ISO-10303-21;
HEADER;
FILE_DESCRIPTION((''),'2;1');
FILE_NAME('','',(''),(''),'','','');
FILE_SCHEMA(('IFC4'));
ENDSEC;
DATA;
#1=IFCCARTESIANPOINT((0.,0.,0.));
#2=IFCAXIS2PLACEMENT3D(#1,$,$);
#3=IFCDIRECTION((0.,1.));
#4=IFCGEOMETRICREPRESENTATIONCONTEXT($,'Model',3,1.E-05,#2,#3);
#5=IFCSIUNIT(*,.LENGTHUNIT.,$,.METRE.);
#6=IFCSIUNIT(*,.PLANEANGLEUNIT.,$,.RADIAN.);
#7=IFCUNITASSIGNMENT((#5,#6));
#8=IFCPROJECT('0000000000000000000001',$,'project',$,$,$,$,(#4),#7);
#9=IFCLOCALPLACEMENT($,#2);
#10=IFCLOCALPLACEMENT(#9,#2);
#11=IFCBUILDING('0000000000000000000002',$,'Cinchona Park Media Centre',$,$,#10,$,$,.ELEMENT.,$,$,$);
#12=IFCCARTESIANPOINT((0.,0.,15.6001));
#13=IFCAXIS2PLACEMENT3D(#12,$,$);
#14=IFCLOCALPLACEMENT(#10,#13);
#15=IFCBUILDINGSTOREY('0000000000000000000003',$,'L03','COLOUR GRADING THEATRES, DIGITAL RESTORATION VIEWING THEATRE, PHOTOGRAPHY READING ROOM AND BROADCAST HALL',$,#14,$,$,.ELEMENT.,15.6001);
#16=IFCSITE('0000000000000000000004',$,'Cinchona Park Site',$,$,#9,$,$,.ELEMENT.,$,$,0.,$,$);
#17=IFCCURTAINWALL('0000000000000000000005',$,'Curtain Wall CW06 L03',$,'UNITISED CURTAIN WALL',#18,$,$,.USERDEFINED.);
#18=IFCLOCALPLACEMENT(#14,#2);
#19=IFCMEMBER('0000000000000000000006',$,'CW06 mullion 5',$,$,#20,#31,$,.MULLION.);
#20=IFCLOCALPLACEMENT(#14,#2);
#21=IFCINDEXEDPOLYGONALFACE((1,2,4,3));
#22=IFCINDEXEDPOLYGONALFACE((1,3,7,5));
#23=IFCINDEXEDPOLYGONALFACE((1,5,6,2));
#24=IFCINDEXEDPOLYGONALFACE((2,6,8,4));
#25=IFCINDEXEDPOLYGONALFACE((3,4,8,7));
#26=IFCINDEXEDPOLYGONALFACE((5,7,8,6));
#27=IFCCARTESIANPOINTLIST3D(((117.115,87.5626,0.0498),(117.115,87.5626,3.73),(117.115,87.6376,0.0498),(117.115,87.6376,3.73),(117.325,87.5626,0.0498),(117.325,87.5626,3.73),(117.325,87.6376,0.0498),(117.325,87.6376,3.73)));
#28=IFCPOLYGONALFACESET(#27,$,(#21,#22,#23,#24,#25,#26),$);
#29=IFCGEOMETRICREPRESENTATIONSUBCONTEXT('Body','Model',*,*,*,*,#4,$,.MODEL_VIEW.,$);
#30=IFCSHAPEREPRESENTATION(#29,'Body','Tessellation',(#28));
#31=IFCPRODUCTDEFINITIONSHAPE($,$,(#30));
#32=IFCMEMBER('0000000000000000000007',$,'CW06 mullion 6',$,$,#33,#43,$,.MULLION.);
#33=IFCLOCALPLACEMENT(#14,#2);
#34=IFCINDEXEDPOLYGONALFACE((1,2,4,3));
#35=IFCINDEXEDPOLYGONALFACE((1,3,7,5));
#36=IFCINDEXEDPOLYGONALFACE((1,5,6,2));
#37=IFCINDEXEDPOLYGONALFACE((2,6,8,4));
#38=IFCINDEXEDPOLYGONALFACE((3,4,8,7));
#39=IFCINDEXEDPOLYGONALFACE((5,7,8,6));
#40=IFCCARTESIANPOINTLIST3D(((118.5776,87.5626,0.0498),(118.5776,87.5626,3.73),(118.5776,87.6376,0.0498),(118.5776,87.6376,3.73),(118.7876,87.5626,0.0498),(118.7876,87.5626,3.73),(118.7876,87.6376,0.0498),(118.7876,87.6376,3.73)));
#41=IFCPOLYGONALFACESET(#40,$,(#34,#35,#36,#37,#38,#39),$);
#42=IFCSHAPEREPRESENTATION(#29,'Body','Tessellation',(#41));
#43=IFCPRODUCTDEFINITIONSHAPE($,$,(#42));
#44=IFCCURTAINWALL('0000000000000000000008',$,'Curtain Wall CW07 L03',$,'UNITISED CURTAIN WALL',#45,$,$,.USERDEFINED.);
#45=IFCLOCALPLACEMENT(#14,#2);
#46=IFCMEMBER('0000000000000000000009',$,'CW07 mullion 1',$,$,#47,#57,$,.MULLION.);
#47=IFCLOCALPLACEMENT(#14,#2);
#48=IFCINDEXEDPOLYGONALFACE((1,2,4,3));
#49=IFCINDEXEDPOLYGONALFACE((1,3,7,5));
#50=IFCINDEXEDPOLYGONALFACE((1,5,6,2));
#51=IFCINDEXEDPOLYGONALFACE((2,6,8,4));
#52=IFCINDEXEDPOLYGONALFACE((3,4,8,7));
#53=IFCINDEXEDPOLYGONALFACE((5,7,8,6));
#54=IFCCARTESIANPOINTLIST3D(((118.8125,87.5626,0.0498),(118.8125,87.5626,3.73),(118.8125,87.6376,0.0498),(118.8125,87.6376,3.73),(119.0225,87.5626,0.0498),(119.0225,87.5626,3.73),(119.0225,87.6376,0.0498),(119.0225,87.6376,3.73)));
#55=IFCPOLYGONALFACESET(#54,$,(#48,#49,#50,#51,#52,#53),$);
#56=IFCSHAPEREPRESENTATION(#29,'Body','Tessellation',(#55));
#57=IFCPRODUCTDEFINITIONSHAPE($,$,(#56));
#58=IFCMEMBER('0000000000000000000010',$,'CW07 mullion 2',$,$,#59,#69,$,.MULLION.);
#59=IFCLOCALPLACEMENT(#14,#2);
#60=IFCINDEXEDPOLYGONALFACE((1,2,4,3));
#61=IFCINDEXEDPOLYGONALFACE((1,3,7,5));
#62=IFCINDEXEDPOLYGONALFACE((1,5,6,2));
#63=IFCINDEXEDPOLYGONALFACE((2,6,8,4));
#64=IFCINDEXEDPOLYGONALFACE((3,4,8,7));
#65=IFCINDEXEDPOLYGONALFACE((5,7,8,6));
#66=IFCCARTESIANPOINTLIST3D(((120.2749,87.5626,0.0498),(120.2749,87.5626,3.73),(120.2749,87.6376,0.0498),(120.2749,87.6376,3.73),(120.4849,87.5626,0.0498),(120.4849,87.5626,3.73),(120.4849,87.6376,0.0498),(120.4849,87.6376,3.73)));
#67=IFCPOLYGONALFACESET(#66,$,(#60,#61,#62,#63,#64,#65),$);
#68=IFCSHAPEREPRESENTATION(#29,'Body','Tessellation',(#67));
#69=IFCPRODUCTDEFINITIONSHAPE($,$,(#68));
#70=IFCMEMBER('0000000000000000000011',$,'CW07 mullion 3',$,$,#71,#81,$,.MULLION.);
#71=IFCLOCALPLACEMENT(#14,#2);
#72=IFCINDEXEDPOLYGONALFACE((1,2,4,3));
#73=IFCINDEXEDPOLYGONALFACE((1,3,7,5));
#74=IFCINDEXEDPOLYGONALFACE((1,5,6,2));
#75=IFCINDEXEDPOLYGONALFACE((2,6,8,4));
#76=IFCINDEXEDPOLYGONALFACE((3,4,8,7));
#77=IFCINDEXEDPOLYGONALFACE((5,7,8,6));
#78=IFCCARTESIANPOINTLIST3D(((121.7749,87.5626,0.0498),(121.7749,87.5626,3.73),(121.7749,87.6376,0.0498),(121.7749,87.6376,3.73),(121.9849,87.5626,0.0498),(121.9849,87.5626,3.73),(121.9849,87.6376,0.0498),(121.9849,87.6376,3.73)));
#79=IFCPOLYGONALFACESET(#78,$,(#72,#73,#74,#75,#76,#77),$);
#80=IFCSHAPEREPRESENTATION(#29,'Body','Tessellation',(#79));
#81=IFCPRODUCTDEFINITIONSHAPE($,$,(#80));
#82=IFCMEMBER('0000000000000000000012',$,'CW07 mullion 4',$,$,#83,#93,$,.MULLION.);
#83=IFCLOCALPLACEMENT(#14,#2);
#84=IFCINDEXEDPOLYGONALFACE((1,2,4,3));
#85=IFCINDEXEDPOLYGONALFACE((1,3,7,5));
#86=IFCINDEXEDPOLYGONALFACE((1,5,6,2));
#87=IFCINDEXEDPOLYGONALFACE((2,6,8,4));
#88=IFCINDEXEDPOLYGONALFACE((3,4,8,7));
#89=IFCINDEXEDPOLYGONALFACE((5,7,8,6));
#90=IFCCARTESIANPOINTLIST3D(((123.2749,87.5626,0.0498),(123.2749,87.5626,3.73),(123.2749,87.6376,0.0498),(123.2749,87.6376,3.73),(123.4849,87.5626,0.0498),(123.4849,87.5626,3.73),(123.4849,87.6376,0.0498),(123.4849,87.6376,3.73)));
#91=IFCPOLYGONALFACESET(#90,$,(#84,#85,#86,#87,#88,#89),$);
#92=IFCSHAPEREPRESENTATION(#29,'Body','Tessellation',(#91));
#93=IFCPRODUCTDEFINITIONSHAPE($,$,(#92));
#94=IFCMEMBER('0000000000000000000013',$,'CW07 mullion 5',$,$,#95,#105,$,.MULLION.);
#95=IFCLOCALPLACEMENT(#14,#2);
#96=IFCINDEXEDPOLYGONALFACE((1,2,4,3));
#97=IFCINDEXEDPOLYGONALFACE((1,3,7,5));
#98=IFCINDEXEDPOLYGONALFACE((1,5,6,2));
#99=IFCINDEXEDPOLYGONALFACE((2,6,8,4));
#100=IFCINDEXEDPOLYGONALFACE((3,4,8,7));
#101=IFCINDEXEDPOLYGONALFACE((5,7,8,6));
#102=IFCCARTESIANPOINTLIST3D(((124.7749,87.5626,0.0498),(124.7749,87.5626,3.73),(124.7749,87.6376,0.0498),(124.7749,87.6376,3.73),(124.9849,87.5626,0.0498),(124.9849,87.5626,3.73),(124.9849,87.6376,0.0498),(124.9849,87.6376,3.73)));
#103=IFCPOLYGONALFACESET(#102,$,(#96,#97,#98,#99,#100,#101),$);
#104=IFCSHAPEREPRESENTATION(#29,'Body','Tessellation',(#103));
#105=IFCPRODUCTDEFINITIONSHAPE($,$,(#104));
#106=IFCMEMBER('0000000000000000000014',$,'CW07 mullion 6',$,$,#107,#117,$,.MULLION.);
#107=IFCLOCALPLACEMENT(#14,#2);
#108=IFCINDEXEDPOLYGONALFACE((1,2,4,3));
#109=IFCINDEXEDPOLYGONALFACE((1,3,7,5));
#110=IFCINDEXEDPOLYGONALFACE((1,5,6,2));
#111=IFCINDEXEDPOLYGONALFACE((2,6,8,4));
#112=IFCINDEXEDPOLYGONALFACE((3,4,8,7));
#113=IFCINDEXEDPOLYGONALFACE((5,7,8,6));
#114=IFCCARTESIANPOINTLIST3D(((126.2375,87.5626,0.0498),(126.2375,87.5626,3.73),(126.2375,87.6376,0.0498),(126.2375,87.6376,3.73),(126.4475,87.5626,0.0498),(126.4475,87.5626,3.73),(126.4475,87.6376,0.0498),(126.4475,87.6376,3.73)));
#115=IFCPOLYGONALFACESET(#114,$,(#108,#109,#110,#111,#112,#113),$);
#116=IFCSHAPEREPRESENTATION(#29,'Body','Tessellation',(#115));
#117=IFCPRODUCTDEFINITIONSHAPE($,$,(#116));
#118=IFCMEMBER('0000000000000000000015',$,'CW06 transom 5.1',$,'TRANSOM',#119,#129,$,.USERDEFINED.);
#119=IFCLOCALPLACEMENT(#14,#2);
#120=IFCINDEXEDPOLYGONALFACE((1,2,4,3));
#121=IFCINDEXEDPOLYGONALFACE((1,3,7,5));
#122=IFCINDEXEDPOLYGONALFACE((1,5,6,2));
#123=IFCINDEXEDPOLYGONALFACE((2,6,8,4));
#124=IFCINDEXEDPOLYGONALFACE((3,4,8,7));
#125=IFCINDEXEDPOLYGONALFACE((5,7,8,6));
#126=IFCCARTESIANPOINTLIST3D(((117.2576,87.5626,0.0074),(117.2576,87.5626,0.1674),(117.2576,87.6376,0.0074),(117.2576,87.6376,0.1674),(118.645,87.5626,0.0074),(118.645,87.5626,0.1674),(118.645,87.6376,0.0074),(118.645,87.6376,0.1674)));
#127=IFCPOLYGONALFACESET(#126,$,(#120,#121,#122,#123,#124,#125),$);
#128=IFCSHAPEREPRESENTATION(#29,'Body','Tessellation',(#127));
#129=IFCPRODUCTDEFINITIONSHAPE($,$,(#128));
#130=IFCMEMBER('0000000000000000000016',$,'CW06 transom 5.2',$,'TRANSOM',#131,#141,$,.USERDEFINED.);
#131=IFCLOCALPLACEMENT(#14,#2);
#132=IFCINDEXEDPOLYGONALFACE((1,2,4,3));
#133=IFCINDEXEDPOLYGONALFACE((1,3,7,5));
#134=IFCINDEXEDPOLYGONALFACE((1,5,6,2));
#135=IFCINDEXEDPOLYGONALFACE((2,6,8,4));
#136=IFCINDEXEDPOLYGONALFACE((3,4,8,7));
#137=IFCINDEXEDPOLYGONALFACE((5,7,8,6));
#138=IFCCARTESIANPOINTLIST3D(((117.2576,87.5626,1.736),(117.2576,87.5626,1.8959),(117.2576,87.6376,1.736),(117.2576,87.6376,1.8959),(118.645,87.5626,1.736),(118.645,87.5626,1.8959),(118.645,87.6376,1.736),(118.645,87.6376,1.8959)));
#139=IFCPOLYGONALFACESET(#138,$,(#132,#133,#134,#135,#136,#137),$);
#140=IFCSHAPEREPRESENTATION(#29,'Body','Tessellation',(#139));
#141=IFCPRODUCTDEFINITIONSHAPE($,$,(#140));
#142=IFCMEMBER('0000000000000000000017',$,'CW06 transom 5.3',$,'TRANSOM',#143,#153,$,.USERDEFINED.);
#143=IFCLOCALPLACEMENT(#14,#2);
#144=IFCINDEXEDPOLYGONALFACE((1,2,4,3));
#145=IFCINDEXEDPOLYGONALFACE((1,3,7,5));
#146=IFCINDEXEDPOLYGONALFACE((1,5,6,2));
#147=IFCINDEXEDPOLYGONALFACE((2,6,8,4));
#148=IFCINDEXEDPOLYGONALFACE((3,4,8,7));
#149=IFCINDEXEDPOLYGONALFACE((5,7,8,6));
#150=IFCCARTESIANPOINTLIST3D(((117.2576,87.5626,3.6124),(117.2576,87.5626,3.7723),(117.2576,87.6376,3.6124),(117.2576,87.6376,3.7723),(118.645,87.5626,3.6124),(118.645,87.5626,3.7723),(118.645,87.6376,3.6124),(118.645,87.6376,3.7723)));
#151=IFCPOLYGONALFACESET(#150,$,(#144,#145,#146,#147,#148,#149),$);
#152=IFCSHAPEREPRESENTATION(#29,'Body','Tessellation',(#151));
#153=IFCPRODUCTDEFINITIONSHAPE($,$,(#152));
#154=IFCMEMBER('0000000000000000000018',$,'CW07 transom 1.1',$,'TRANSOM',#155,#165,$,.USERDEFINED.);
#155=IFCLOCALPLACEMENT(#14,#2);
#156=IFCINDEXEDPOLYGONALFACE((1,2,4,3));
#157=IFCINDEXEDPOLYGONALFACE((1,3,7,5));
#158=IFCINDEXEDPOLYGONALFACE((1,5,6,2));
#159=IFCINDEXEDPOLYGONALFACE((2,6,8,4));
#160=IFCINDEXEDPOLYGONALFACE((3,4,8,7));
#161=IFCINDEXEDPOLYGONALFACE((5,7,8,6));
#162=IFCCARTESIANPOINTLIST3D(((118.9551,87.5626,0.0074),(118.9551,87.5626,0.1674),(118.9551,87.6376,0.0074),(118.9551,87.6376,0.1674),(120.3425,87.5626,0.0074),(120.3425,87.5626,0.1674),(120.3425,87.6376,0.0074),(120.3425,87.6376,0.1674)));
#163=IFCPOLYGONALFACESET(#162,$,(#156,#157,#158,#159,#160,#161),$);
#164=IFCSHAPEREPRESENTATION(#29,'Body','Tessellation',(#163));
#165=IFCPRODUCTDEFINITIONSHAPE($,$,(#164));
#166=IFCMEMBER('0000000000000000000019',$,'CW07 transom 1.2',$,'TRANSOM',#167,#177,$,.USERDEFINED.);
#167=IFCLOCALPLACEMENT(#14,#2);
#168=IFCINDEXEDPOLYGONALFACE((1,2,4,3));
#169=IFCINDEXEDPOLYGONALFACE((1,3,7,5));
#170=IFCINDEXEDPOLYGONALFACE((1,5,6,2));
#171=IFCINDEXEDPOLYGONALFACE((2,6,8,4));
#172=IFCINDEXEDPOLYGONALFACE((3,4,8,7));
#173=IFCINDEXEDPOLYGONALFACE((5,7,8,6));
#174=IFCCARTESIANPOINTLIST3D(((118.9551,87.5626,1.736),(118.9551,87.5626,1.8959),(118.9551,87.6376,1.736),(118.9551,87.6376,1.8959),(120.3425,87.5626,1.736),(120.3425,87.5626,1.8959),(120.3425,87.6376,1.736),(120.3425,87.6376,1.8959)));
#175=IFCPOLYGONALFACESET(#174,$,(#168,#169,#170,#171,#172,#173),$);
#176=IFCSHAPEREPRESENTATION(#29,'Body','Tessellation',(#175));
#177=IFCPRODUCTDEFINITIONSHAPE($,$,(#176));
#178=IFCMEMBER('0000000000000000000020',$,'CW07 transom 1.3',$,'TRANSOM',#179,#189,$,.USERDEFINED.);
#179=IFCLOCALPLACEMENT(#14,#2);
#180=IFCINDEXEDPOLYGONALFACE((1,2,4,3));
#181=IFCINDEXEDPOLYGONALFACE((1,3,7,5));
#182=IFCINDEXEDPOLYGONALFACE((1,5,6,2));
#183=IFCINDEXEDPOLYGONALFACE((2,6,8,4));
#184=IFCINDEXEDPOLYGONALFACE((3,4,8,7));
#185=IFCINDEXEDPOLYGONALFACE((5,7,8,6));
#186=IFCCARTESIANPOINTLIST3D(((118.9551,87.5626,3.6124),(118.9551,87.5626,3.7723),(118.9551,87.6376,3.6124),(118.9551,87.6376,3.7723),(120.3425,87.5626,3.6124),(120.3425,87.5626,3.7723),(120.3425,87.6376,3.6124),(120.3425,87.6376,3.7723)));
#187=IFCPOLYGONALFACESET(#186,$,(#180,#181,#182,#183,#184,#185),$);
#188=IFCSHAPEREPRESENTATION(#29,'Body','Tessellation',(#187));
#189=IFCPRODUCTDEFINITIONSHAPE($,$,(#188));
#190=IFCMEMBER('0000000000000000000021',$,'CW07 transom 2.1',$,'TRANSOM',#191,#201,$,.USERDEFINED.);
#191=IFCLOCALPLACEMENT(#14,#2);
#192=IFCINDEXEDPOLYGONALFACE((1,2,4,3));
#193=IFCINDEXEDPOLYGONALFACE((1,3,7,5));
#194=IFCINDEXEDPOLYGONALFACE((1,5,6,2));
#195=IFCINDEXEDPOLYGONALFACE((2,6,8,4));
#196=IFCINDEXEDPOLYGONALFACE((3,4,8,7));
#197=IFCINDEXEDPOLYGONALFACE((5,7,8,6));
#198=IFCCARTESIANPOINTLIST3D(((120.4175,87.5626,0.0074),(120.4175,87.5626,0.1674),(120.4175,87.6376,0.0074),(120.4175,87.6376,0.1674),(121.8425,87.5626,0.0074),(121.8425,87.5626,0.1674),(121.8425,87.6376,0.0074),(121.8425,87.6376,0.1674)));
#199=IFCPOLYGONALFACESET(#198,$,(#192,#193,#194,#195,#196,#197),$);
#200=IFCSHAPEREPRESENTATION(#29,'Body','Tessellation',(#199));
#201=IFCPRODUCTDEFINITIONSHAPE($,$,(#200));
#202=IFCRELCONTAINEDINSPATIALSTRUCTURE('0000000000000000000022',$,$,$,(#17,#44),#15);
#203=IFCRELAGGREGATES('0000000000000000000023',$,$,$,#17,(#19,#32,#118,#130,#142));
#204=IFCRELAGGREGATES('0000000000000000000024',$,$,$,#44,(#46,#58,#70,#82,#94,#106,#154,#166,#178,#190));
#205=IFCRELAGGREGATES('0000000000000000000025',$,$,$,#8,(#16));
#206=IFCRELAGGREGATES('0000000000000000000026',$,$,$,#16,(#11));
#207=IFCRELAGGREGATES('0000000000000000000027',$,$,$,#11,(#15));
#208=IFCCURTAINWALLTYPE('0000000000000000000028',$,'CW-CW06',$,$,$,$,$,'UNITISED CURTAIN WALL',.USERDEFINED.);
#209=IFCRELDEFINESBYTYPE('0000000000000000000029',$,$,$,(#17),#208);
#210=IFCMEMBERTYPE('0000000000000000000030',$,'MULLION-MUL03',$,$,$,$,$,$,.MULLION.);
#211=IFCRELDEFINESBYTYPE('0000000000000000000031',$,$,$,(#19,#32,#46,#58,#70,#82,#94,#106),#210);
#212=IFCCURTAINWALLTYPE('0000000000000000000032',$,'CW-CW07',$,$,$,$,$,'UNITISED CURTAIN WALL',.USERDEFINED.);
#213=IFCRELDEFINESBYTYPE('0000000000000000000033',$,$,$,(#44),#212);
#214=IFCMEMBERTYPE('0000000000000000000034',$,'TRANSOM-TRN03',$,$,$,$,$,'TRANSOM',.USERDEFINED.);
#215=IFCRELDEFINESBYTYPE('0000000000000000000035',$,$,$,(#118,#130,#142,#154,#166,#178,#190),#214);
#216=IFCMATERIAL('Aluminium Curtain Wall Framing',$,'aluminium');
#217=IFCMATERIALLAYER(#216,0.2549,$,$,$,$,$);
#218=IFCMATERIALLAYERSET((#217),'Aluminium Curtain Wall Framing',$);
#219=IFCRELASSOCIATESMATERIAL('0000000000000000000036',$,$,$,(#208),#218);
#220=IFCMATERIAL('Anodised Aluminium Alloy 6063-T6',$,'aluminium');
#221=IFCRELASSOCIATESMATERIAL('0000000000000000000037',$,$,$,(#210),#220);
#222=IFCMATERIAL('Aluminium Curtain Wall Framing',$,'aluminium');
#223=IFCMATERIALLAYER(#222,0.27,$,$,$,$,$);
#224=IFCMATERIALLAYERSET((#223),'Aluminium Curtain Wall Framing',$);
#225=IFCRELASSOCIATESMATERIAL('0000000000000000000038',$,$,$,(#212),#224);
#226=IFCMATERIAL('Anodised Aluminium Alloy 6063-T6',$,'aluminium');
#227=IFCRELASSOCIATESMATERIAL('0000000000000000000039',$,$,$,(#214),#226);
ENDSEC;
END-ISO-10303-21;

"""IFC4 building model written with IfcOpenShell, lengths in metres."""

from ifc_helpers import new_model, si_unit, direction, frame, origin, origin_2d, place, context, subcontext, project, spatial, rectangle, extrude, material, layer, layer_set, material_profile, profile_set, type_object, element, aggregate, save


model = new_model("IFC4")

# Units and contexts
model_context = context("Model", 3, precision=1e-05, world=origin(), true_north=direction((0.0, 1.0)))
body_context = subcontext(model_context, "Body", "Model", "MODEL_VIEW")
ifc_project = project(units=[si_unit("LENGTHUNIT", "METRE"), si_unit("PLANEANGLEUNIT", "RADIAN")], contexts=[model_context])

# Site, building, storey
site_placement = place(None, origin())
site = spatial("IfcSite", under=ifc_project, at=site_placement, Name="Cinchona Park Site", CompositionType="ELEMENT", RefElevation=0.0)
building_placement = place(site_placement, origin())
building = spatial("IfcBuilding", under=site, at=building_placement, Name="Cinchona Park Media Centre", CompositionType="ELEMENT")
storey_placement = place(building_placement, frame((0.0, 0.0, 15.6001)))
storey = spatial("IfcBuildingStorey", under=building, at=storey_placement, Name="L03", Description="COLOUR GRADING THEATRES, DIGITAL RESTORATION VIEWING THEATRE, PHOTOGRAPHY READING ROOM AND BROADCAST HALL", CompositionType="ELEMENT", Elevation=15.6001)

# Curtain walls, members
ifc_material_1 = material(Name="Aluminium Curtain Wall Framing", Category="aluminium")
ifc_layer_1 = layer(ifc_material_1, 0.2549)
ifc_layer_set_1 = layer_set([ifc_layer_1], Name="Aluminium Curtain Wall Framing")
curtain_wall_type_1 = type_object("IfcCurtainWallType", Name="CW-CW06", ElementType="UNITISED CURTAIN WALL", PredefinedType="USERDEFINED", material=ifc_layer_set_1)
curtain_wall_1_placement = place(storey_placement, origin())
curtain_wall_1 = element("IfcCurtainWall", 1, at=curtain_wall_1_placement, inside=storey, type_object=curtain_wall_type_1, Name="Curtain Wall CW06 L03", ObjectType="UNITISED CURTAIN WALL", PredefinedType="USERDEFINED")
ifc_material_2 = material(Name="Anodised Aluminium Alloy 6063-T6", Category="aluminium")
ifc_material_profile_1 = material_profile(ifc_material_2, rectangle(XDim=0.075, YDim=0.21, at=origin_2d()), Name="MUL-75X210")
ifc_profile_set_1 = profile_set([ifc_material_profile_1], Name="Anodised Aluminium Alloy 6063-T6")
member_type_1 = type_object("IfcMemberType", Name="MULLION-MUL03", PredefinedType="MULLION", material=ifc_profile_set_1)
member_1_placement = place(storey_placement, frame((117.22, 87.6001, 0.0498), z_axis=(0.0, 0.0, 1.0), x_axis=(0.0, 1.0, 0.0)))
member_1 = element("IfcMember", 2, at=member_1_placement, type_object=member_type_1, Name="CW06 mullion 5", PredefinedType="MULLION", context=body_context, shape_type="SweptSolid", body=[
    extrude(rectangle(XDim=0.075, YDim=0.21, at=origin_2d()), origin(), (0.0, 0.0, 1.0), 3.6802),
])
member_2_placement = place(storey_placement, frame((118.6826, 87.6001, 0.0498), z_axis=(0.0, 0.0, 1.0), x_axis=(0.0, 1.0, 0.0)))
member_2 = element("IfcMember", 3, at=member_2_placement, type_object=member_type_1, Name="CW06 mullion 6", PredefinedType="MULLION", context=body_context, shape_type="SweptSolid", body=[
    extrude(rectangle(XDim=0.075, YDim=0.21, at=origin_2d()), origin(), (0.0, 0.0, 1.0), 3.6802),
])
ifc_material_3 = material(Name="Aluminium Curtain Wall Framing", Category="aluminium")
ifc_layer_2 = layer(ifc_material_3, 0.27)
ifc_layer_set_2 = layer_set([ifc_layer_2], Name="Aluminium Curtain Wall Framing")
curtain_wall_type_2 = type_object("IfcCurtainWallType", Name="CW-CW07", ElementType="UNITISED CURTAIN WALL", PredefinedType="USERDEFINED", material=ifc_layer_set_2)
curtain_wall_2_placement = place(storey_placement, origin())
curtain_wall_2 = element("IfcCurtainWall", 4, at=curtain_wall_2_placement, inside=storey, type_object=curtain_wall_type_2, Name="Curtain Wall CW07 L03", ObjectType="UNITISED CURTAIN WALL", PredefinedType="USERDEFINED")
member_3_placement = place(storey_placement, frame((118.9175, 87.6001, 0.0498), z_axis=(0.0, 0.0, 1.0), x_axis=(0.0, 1.0, 0.0)))
member_3 = element("IfcMember", 5, at=member_3_placement, type_object=member_type_1, Name="CW07 mullion 1", PredefinedType="MULLION", context=body_context, shape_type="SweptSolid", body=[
    extrude(rectangle(XDim=0.075, YDim=0.21, at=origin_2d()), origin(), (0.0, 0.0, 1.0), 3.6802),
])
member_4_placement = place(storey_placement, frame((120.3799, 87.6001, 0.0498), z_axis=(0.0, 0.0, 1.0), x_axis=(0.0, 1.0, 0.0)))
member_4 = element("IfcMember", 6, at=member_4_placement, type_object=member_type_1, Name="CW07 mullion 2", PredefinedType="MULLION", context=body_context, shape_type="SweptSolid", body=[
    extrude(rectangle(XDim=0.075, YDim=0.21, at=origin_2d()), origin(), (0.0, 0.0, 1.0), 3.6802),
])
member_5_placement = place(storey_placement, frame((121.8799, 87.6001, 0.0498), z_axis=(0.0, 0.0, 1.0), x_axis=(0.0, 1.0, 0.0)))
member_5 = element("IfcMember", 7, at=member_5_placement, type_object=member_type_1, Name="CW07 mullion 3", PredefinedType="MULLION", context=body_context, shape_type="SweptSolid", body=[
    extrude(rectangle(XDim=0.075, YDim=0.21, at=origin_2d()), origin(), (0.0, 0.0, 1.0), 3.6802),
])
member_6_placement = place(storey_placement, frame((123.3799, 87.6001, 0.0498), z_axis=(0.0, 0.0, 1.0), x_axis=(0.0, 1.0, 0.0)))
member_6 = element("IfcMember", 8, at=member_6_placement, type_object=member_type_1, Name="CW07 mullion 4", PredefinedType="MULLION", context=body_context, shape_type="SweptSolid", body=[
    extrude(rectangle(XDim=0.075, YDim=0.21, at=origin_2d()), origin(), (0.0, 0.0, 1.0), 3.6802),
])
member_7_placement = place(storey_placement, frame((124.8799, 87.6001, 0.0498), z_axis=(0.0, 0.0, 1.0), x_axis=(0.0, 1.0, 0.0)))
member_7 = element("IfcMember", 9, at=member_7_placement, type_object=member_type_1, Name="CW07 mullion 5", PredefinedType="MULLION", context=body_context, shape_type="SweptSolid", body=[
    extrude(rectangle(XDim=0.075, YDim=0.21, at=origin_2d()), origin(), (0.0, 0.0, 1.0), 3.6802),
])
member_8_placement = place(storey_placement, frame((126.3425, 87.6001, 0.0498), z_axis=(0.0, 0.0, 1.0), x_axis=(0.0, 1.0, 0.0)))
member_8 = element("IfcMember", 10, at=member_8_placement, type_object=member_type_1, Name="CW07 mullion 6", PredefinedType="MULLION", context=body_context, shape_type="SweptSolid", body=[
    extrude(rectangle(XDim=0.075, YDim=0.21, at=origin_2d()), origin(), (0.0, 0.0, 1.0), 3.6802),
])

# Members
ifc_material_4 = material(Name="Anodised Aluminium Alloy 6063-T6", Category="aluminium")
ifc_material_profile_2 = material_profile(ifc_material_4, rectangle(XDim=0.075, YDim=0.1599, at=origin_2d()), Name="TRN-75X160")
ifc_profile_set_2 = profile_set([ifc_material_profile_2], Name="Anodised Aluminium Alloy 6063-T6")
member_type_2 = type_object("IfcMemberType", Name="TRANSOM-TRN03", ElementType="TRANSOM", PredefinedType="USERDEFINED", material=ifc_profile_set_2)
member_9_placement = place(storey_placement, frame((117.2576, 87.6001, 0.0874), z_axis=(1.0, 0.0, 0.0), x_axis=(0.0, 1.0, 0.0)))
member_9 = element("IfcMember", 11, at=member_9_placement, type_object=member_type_2, Name="CW06 transom 5.1", ObjectType="TRANSOM", PredefinedType="USERDEFINED", context=body_context, shape_type="SweptSolid", body=[
    extrude(rectangle(XDim=0.075, YDim=0.1599, at=origin_2d()), origin(), (0.0, 0.0, 1.0), 1.3875),
])
member_10_placement = place(storey_placement, frame((117.2576, 87.6001, 1.8159), z_axis=(1.0, 0.0, 0.0), x_axis=(0.0, 1.0, 0.0)))
member_10 = element("IfcMember", 12, at=member_10_placement, type_object=member_type_2, Name="CW06 transom 5.2", ObjectType="TRANSOM", PredefinedType="USERDEFINED", context=body_context, shape_type="SweptSolid", body=[
    extrude(rectangle(XDim=0.075, YDim=0.1599, at=origin_2d()), origin(), (0.0, 0.0, 1.0), 1.3875),
])
member_11_placement = place(storey_placement, frame((117.2576, 87.6001, 3.6924), z_axis=(1.0, 0.0, 0.0), x_axis=(0.0, 1.0, 0.0)))
member_11 = element("IfcMember", 13, at=member_11_placement, type_object=member_type_2, Name="CW06 transom 5.3", ObjectType="TRANSOM", PredefinedType="USERDEFINED", context=body_context, shape_type="SweptSolid", body=[
    extrude(rectangle(XDim=0.075, YDim=0.1599, at=origin_2d()), origin(), (0.0, 0.0, 1.0), 1.3875),
])
member_12_placement = place(storey_placement, frame((118.9551, 87.6001, 0.0874), z_axis=(1.0, 0.0, 0.0), x_axis=(0.0, 1.0, 0.0)))
member_12 = element("IfcMember", 14, at=member_12_placement, type_object=member_type_2, Name="CW07 transom 1.1", ObjectType="TRANSOM", PredefinedType="USERDEFINED", context=body_context, shape_type="SweptSolid", body=[
    extrude(rectangle(XDim=0.075, YDim=0.1599, at=origin_2d()), origin(), (0.0, 0.0, 1.0), 1.3875),
])
member_13_placement = place(storey_placement, frame((118.9551, 87.6001, 1.8159), z_axis=(1.0, 0.0, 0.0), x_axis=(0.0, 1.0, 0.0)))
member_13 = element("IfcMember", 15, at=member_13_placement, type_object=member_type_2, Name="CW07 transom 1.2", ObjectType="TRANSOM", PredefinedType="USERDEFINED", context=body_context, shape_type="SweptSolid", body=[
    extrude(rectangle(XDim=0.075, YDim=0.1599, at=origin_2d()), origin(), (0.0, 0.0, 1.0), 1.3875),
])
member_14_placement = place(storey_placement, frame((118.9551, 87.6001, 3.6924), z_axis=(1.0, 0.0, 0.0), x_axis=(0.0, 1.0, 0.0)))
member_14 = element("IfcMember", 16, at=member_14_placement, type_object=member_type_2, Name="CW07 transom 1.3", ObjectType="TRANSOM", PredefinedType="USERDEFINED", context=body_context, shape_type="SweptSolid", body=[
    extrude(rectangle(XDim=0.075, YDim=0.1599, at=origin_2d()), origin(), (0.0, 0.0, 1.0), 1.3875),
])
member_15_placement = place(storey_placement, frame((120.4175, 87.6001, 0.0874), z_axis=(1.0, 0.0, 0.0), x_axis=(0.0, 1.0, 0.0)))
member_15 = element("IfcMember", 17, at=member_15_placement, type_object=member_type_2, Name="CW07 transom 2.1", ObjectType="TRANSOM", PredefinedType="USERDEFINED", context=body_context, shape_type="SweptSolid", body=[
    extrude(rectangle(XDim=0.075, YDim=0.1599, at=origin_2d()), origin(), (0.0, 0.0, 1.0), 1.425),
])

aggregate(curtain_wall_1, [member_1, member_2, member_9, member_10, member_11])
aggregate(curtain_wall_2, [member_3, member_4, member_5, member_6, member_7, member_8, member_12, member_13, member_14, member_15])

save(model, "model.ifc")
